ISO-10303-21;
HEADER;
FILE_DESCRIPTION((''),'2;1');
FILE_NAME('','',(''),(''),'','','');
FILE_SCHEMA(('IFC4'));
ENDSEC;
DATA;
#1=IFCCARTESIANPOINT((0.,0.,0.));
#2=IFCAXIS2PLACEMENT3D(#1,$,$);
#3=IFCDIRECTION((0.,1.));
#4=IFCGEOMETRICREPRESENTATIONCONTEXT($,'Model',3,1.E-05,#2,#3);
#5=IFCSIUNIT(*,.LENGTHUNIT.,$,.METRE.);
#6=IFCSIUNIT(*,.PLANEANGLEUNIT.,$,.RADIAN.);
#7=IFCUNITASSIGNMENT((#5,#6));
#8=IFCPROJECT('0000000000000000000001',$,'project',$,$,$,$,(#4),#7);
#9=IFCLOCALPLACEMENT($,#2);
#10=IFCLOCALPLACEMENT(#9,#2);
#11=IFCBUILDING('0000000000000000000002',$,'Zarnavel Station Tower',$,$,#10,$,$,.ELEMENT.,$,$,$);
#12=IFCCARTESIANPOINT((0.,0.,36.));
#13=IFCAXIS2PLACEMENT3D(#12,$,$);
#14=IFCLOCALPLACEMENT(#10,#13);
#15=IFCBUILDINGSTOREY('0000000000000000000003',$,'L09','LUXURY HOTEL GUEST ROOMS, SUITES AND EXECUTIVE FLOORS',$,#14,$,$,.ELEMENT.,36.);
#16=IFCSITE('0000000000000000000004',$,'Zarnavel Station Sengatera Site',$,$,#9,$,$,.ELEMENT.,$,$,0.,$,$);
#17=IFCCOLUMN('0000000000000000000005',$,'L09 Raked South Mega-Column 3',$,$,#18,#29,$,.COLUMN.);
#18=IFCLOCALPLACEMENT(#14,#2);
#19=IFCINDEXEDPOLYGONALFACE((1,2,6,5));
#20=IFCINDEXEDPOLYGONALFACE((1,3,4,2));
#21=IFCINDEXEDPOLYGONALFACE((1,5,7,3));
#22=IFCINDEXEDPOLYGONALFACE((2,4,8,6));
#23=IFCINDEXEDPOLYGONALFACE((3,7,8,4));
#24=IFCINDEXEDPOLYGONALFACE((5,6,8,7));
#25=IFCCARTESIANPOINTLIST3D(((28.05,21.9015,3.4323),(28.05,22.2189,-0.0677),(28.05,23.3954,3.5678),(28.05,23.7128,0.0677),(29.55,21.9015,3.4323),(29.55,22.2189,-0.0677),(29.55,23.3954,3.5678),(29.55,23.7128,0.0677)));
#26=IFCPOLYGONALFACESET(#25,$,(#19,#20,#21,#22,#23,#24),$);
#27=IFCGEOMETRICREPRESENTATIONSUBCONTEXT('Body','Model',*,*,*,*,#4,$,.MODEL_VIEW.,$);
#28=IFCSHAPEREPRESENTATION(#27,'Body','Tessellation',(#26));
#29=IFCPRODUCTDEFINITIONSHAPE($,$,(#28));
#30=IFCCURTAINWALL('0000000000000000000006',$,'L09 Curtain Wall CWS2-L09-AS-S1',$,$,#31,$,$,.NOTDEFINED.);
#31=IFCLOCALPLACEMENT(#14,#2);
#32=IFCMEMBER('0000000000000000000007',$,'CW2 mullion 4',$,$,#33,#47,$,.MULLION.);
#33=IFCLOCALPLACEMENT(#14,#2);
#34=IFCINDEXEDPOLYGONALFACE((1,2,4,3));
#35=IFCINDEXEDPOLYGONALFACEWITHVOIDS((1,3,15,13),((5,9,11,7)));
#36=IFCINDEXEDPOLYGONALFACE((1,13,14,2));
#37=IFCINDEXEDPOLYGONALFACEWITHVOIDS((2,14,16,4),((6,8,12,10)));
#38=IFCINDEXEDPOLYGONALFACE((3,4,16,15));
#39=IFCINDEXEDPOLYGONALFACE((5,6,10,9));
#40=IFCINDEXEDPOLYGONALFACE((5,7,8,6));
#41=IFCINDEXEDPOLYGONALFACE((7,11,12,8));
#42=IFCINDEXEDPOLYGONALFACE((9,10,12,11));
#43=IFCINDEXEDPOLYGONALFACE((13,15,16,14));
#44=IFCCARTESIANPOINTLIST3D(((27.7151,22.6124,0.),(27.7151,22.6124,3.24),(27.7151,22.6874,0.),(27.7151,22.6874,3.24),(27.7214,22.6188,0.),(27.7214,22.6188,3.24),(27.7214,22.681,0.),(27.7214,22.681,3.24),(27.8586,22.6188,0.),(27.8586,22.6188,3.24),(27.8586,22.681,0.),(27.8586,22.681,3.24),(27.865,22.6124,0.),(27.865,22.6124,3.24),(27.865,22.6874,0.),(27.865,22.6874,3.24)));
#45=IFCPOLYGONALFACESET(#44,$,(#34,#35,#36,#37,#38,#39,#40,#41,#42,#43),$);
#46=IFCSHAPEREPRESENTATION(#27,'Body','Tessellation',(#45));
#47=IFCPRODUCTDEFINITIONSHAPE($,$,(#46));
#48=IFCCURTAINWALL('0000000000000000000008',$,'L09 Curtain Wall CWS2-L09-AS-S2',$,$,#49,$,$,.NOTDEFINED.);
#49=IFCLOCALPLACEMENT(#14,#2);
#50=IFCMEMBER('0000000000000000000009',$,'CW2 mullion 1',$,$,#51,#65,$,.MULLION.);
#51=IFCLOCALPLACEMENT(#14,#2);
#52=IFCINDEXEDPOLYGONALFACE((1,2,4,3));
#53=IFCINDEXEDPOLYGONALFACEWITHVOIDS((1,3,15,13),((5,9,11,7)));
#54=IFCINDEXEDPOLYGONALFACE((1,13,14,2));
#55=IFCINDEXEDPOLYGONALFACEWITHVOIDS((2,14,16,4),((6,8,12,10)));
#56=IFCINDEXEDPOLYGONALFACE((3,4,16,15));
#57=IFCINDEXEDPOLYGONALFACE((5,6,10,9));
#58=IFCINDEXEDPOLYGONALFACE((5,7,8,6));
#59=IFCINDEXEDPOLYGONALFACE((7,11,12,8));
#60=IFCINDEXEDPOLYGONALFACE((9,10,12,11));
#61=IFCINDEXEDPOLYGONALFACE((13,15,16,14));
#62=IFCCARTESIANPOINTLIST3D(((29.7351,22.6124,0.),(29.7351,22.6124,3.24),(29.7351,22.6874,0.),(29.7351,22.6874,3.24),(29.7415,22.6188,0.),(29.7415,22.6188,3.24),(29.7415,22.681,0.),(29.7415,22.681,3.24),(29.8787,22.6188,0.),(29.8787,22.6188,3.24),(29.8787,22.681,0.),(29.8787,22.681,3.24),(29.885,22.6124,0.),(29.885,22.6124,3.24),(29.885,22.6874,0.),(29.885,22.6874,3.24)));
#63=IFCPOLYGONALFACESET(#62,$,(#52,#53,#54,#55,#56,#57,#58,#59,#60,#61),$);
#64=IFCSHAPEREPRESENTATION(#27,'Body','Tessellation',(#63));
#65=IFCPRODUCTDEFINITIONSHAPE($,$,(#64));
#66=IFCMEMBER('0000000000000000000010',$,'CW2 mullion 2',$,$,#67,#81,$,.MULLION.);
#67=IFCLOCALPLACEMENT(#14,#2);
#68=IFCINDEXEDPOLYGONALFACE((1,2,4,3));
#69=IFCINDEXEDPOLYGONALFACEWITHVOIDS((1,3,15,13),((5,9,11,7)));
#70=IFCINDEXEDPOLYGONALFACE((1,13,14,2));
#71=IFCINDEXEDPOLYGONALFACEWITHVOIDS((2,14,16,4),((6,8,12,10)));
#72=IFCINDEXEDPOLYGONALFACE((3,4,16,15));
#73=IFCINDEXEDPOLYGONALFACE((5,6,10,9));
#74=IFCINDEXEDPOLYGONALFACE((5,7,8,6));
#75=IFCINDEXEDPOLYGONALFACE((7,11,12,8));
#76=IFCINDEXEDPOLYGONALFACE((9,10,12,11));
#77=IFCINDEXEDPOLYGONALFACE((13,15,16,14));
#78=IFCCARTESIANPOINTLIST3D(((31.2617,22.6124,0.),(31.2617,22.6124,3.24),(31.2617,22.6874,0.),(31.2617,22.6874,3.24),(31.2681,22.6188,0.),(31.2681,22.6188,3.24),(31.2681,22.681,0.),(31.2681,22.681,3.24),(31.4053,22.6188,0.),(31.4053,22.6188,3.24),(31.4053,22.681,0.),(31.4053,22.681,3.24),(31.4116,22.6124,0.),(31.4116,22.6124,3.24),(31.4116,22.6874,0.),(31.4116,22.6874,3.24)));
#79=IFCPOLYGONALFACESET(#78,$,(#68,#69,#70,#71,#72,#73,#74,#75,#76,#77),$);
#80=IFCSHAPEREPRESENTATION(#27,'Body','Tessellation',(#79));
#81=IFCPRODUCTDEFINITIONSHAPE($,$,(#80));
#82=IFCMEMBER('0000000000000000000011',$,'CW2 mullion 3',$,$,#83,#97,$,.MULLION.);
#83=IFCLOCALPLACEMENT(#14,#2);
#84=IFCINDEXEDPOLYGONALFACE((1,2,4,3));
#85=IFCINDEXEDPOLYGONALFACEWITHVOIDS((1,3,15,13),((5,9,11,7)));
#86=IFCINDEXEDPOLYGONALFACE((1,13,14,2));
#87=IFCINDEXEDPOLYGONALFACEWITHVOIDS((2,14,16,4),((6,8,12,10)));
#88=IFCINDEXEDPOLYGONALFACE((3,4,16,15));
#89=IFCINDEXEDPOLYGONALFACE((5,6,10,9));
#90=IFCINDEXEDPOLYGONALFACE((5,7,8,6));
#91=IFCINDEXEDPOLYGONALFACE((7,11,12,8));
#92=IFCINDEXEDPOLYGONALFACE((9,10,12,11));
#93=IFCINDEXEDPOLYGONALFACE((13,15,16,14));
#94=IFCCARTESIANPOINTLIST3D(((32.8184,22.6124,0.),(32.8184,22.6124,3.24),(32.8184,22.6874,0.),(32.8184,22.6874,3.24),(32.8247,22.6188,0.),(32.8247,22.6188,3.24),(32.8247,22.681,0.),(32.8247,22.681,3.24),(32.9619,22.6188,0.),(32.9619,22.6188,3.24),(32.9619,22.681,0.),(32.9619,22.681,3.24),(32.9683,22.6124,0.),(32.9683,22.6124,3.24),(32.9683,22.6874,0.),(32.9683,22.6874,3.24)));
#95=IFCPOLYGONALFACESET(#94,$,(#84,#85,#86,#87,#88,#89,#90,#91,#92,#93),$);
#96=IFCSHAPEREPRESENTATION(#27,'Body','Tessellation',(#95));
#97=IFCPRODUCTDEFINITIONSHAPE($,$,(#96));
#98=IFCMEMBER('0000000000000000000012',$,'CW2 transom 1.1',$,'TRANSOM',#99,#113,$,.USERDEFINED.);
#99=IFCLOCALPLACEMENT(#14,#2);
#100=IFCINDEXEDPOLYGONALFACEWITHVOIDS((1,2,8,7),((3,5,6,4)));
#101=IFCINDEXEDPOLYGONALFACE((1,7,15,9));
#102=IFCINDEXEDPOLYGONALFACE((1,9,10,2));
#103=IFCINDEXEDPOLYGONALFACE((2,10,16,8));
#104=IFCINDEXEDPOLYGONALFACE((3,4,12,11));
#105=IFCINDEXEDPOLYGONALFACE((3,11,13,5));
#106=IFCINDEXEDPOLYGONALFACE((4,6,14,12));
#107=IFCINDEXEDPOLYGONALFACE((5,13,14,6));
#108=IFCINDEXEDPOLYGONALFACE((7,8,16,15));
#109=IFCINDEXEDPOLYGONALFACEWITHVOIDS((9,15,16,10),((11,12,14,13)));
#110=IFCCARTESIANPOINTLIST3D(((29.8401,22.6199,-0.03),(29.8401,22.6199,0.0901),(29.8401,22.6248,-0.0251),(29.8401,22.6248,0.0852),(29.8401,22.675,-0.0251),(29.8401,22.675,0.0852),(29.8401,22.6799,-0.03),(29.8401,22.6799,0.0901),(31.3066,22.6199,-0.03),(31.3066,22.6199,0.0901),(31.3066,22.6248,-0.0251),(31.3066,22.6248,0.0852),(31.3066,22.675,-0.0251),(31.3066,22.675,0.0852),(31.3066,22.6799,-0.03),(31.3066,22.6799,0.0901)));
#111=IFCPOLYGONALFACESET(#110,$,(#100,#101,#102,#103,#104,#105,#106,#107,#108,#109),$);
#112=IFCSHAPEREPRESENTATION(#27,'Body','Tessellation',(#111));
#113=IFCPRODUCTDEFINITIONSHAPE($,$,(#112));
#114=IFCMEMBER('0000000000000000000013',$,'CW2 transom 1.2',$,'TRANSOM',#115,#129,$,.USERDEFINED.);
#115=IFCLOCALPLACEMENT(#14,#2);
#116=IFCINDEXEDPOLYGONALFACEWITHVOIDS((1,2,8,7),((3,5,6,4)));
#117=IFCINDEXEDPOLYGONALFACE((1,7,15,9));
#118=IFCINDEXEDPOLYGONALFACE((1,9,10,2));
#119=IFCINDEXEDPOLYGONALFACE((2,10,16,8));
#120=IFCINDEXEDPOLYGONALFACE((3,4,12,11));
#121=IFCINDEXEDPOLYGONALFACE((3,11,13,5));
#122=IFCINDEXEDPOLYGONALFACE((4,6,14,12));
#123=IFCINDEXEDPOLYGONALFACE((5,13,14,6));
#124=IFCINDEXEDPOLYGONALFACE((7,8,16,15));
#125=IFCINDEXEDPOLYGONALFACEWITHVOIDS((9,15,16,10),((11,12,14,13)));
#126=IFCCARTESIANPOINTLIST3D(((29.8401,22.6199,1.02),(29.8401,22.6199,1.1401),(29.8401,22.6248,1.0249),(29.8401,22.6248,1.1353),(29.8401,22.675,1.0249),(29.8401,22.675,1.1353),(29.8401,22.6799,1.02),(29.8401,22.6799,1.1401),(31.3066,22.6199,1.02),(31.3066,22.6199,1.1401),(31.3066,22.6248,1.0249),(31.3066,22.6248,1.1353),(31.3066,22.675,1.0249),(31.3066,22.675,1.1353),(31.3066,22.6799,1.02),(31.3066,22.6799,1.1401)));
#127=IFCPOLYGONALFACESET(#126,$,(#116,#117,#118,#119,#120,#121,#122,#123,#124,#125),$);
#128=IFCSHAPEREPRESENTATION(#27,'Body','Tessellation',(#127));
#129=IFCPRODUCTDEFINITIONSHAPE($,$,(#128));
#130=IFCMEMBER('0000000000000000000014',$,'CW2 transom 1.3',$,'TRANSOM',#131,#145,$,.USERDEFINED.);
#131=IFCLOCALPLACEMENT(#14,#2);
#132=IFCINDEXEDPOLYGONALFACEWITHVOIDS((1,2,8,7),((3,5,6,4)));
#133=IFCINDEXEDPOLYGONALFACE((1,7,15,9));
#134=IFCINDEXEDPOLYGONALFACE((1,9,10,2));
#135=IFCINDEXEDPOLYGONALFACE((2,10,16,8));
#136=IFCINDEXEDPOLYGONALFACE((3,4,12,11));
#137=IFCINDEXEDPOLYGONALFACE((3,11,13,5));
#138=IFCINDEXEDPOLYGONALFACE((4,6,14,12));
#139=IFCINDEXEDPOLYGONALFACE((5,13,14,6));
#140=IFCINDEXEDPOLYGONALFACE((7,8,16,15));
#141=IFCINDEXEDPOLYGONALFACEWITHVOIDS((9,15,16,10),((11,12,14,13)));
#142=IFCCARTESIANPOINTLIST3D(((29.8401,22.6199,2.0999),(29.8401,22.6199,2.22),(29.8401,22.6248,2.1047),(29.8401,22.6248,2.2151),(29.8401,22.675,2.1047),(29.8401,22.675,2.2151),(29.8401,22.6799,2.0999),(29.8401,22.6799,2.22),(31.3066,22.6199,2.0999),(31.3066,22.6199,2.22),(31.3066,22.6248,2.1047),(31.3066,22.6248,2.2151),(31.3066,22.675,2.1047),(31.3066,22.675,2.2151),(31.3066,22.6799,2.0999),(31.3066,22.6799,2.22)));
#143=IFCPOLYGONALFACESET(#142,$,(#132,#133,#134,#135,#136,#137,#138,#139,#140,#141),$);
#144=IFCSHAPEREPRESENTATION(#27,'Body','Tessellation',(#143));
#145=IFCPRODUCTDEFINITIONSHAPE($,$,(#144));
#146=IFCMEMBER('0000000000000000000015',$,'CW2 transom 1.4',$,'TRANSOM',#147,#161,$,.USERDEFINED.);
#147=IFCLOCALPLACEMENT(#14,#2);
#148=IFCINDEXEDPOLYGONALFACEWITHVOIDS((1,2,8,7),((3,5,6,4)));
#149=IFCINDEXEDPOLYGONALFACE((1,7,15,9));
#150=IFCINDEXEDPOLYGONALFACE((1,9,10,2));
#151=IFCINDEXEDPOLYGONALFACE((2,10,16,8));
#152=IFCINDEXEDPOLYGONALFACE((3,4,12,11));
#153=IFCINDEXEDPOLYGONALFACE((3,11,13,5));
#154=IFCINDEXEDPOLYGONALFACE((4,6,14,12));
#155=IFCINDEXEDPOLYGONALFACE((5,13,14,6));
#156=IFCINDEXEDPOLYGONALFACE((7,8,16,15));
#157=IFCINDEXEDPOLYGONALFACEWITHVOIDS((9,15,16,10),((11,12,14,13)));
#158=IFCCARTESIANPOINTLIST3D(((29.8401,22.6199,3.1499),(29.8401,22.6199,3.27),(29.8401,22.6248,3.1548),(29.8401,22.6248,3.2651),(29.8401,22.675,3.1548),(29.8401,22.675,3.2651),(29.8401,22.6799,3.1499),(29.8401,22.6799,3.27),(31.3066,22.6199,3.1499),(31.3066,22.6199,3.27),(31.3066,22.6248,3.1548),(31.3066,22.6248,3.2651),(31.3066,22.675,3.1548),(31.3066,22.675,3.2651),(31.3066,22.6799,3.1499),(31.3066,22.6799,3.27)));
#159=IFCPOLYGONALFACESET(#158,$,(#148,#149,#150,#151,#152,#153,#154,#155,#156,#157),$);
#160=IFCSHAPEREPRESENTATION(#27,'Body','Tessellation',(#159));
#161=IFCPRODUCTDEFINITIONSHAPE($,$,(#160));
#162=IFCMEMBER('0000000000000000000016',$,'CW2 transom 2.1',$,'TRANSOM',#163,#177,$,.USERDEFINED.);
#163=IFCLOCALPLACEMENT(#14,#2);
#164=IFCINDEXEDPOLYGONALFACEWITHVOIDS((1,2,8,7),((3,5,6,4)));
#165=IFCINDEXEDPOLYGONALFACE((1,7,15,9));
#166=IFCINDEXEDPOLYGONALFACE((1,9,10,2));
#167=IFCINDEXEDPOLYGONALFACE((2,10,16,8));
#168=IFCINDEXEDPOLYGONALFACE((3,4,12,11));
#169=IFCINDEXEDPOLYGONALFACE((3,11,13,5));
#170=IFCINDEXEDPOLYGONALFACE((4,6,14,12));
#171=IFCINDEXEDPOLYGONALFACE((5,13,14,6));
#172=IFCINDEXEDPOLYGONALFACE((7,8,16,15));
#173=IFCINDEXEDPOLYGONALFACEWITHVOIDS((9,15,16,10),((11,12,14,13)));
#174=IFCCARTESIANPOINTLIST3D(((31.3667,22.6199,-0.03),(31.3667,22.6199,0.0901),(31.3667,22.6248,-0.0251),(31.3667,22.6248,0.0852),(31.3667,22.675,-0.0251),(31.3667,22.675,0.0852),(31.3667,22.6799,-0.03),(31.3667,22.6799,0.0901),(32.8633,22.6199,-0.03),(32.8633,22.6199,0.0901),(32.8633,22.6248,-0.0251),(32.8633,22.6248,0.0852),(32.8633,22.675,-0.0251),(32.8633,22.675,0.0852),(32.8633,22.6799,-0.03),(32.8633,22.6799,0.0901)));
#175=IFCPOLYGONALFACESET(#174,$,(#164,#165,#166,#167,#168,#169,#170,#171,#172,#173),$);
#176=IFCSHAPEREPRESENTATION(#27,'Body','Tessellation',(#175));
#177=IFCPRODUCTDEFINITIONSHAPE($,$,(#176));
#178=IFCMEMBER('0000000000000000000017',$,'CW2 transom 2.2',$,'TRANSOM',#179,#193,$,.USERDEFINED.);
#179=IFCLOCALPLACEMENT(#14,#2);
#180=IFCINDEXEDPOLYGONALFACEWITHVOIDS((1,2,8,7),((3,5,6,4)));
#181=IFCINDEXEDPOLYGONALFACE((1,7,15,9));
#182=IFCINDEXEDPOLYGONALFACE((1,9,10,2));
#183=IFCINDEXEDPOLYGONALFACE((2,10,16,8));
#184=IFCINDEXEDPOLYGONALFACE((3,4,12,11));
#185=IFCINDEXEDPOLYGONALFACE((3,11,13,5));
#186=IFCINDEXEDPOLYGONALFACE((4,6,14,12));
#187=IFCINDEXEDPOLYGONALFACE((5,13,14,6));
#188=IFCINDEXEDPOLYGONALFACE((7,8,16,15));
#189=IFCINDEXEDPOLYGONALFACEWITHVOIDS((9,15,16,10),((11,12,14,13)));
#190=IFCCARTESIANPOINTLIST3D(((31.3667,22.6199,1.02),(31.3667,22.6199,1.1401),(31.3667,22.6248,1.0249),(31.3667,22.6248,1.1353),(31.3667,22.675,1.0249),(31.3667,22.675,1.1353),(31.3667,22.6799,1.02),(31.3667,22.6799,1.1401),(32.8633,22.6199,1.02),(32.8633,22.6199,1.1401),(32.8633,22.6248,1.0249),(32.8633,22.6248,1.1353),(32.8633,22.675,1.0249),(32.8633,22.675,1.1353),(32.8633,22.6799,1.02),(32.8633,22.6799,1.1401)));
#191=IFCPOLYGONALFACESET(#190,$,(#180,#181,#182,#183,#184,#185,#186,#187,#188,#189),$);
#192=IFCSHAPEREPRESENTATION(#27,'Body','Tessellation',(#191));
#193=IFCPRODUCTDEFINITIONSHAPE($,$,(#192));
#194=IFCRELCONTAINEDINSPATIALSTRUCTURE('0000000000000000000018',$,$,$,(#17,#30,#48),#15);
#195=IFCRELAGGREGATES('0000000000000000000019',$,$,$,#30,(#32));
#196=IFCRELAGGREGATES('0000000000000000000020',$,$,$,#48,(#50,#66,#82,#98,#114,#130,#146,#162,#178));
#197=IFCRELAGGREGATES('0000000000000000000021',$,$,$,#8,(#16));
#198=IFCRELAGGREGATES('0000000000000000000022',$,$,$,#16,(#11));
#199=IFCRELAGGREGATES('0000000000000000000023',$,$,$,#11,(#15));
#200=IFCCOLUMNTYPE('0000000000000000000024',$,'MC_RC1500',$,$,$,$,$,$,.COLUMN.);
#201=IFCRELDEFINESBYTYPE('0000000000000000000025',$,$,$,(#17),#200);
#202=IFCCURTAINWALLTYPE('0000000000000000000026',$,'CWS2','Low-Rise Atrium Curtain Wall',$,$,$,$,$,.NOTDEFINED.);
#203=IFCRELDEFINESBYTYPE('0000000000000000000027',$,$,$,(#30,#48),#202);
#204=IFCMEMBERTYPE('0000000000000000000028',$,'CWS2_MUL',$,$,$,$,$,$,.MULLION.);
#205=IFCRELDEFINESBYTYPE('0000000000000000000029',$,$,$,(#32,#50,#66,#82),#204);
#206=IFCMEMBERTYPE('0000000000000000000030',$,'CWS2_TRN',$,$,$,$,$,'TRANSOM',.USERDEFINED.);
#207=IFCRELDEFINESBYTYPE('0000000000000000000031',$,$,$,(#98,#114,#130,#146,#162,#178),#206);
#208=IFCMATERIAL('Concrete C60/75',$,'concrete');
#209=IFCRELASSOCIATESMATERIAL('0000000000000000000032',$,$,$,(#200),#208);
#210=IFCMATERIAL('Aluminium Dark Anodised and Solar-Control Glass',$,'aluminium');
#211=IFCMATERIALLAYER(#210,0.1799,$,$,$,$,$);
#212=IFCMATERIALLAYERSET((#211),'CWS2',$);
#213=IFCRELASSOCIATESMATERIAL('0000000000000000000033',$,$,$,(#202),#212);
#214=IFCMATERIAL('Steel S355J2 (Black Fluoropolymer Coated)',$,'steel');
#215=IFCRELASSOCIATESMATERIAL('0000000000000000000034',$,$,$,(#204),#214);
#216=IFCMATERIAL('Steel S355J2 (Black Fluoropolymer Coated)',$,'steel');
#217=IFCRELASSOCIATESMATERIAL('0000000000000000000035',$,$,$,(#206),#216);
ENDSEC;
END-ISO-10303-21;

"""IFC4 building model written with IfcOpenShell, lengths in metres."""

from ifc_helpers import new_model, si_unit, direction, frame, origin, origin_2d, place, context, subcontext, project, spatial, rectangle, hollow_rectangle, extrude, material, layer, layer_set, material_profile, profile_set, type_object, element, aggregate, save


model = new_model("IFC4")

# Units and contexts
model_context = context("Model", 3, precision=1e-05, world=origin(), true_north=direction((0.0, 1.0)))
body_context = subcontext(model_context, "Body", "Model", "MODEL_VIEW")
ifc_project = project(units=[si_unit("LENGTHUNIT", "METRE"), si_unit("PLANEANGLEUNIT", "RADIAN")], contexts=[model_context])

# Site, building, storey
site_placement = place(None, origin())
site = spatial("IfcSite", under=ifc_project, at=site_placement, Name="Zarnavel Station Sengatera Site", CompositionType="ELEMENT", RefElevation=0.0)
building_placement = place(site_placement, origin())
building = spatial("IfcBuilding", under=site, at=building_placement, Name="Zarnavel Station Tower", CompositionType="ELEMENT")
storey_placement = place(building_placement, frame((0.0, 0.0, 36.0)))
storey = spatial("IfcBuildingStorey", under=building, at=storey_placement, Name="L09", Description="LUXURY HOTEL GUEST ROOMS, SUITES AND EXECUTIVE FLOORS", CompositionType="ELEMENT", Elevation=36.0)

# Column
ifc_material_1 = material(Name="Concrete C60/75", Category="concrete")
ifc_material_profile_1 = material_profile(ifc_material_1, rectangle(XDim=1.5, YDim=1.5, at=origin_2d()), Name="RC1500x1500")
ifc_profile_set_1 = profile_set([ifc_material_profile_1], Name="Concrete C60/75")
column_type = type_object("IfcColumnType", Name="MC_RC1500", PredefinedType="COLUMN", material=ifc_profile_set_1)
column_placement = place(storey_placement, frame((28.8, 22.9658, 0.0), z_axis=(0.0, -0.09031, 0.995914), x_axis=(1.0, 0.0, 0.0)))
element("IfcColumn", 1, at=column_placement, inside=storey, type_object=column_type, Name="L09 Raked South Mega-Column 3", PredefinedType="COLUMN", context=body_context, shape_type="SweptSolid", body=[
    extrude(rectangle(XDim=1.5, YDim=1.5, at=origin_2d()), origin(), (0.0, 0.0, 1.0), 3.5144),
])

# Curtain wall, member
ifc_material_2 = material(Name="Aluminium Dark Anodised and Solar-Control Glass", Category="aluminium")
ifc_layer_1 = layer(ifc_material_2, 0.1799)
ifc_layer_set_1 = layer_set([ifc_layer_1], Name="CWS2")
curtain_wall_type = type_object("IfcCurtainWallType", Name="CWS2", Description="Low-Rise Atrium Curtain Wall", PredefinedType="NOTDEFINED", material=ifc_layer_set_1)
curtain_wall_1_placement = place(storey_placement, origin())
curtain_wall_1 = element("IfcCurtainWall", 2, at=curtain_wall_1_placement, inside=storey, type_object=curtain_wall_type, Name="L09 Curtain Wall CWS2-L09-AS-S1", PredefinedType="NOTDEFINED")
ifc_material_3 = material(Name="Steel S355J2 (Black Fluoropolymer Coated)", Category="steel")
ifc_material_profile_2 = material_profile(ifc_material_3, hollow_rectangle(XDim=0.075, YDim=0.1499, WallThickness=0.0063, at=origin_2d()), Name="RHS150x75x6.3")
ifc_profile_set_2 = profile_set([ifc_material_profile_2], Name="Steel S355J2 (Black Fluoropolymer Coated)")
member_type_1 = type_object("IfcMemberType", Name="CWS2_MUL", PredefinedType="MULLION", material=ifc_profile_set_2)
member_1_placement = place(storey_placement, frame((27.79, 22.6499, 0.0), z_axis=(0.0, 0.0, 1.0), x_axis=(0.0, 1.0, 0.0)))
member_1 = element("IfcMember", 3, at=member_1_placement, type_object=member_type_1, Name="CW2 mullion 4", PredefinedType="MULLION", context=body_context, shape_type="SweptSolid", body=[
    extrude(hollow_rectangle(XDim=0.075, YDim=0.1499, WallThickness=0.0063, at=origin_2d()), origin(), (0.0, 0.0, 1.0), 3.24),
])
aggregate(curtain_wall_1, [member_1])

# Curtain wall, members
curtain_wall_2_placement = place(storey_placement, origin())
curtain_wall_2 = element("IfcCurtainWall", 4, at=curtain_wall_2_placement, inside=storey, type_object=curtain_wall_type, Name="L09 Curtain Wall CWS2-L09-AS-S2", PredefinedType="NOTDEFINED")
member_2_placement = place(storey_placement, frame((29.8101, 22.6499, 0.0), z_axis=(0.0, 0.0, 1.0), x_axis=(0.0, 1.0, 0.0)))
member_2 = element("IfcMember", 5, at=member_2_placement, type_object=member_type_1, Name="CW2 mullion 1", PredefinedType="MULLION", context=body_context, shape_type="SweptSolid", body=[
    extrude(hollow_rectangle(XDim=0.075, YDim=0.1499, WallThickness=0.0063, at=origin_2d()), origin(), (0.0, 0.0, 1.0), 3.24),
])
member_3_placement = place(storey_placement, frame((31.3367, 22.6499, 0.0), z_axis=(0.0, 0.0, 1.0), x_axis=(0.0, 1.0, 0.0)))
member_3 = element("IfcMember", 6, at=member_3_placement, type_object=member_type_1, Name="CW2 mullion 2", PredefinedType="MULLION", context=body_context, shape_type="SweptSolid", body=[
    extrude(hollow_rectangle(XDim=0.075, YDim=0.1499, WallThickness=0.0063, at=origin_2d()), origin(), (0.0, 0.0, 1.0), 3.24),
])
member_4_placement = place(storey_placement, frame((32.8933, 22.6499, 0.0), z_axis=(0.0, 0.0, 1.0), x_axis=(0.0, 1.0, 0.0)))
member_4 = element("IfcMember", 7, at=member_4_placement, type_object=member_type_1, Name="CW2 mullion 3", PredefinedType="MULLION", context=body_context, shape_type="SweptSolid", body=[
    extrude(hollow_rectangle(XDim=0.075, YDim=0.1499, WallThickness=0.0063, at=origin_2d()), origin(), (0.0, 0.0, 1.0), 3.24),
])
ifc_material_4 = material(Name="Steel S355J2 (Black Fluoropolymer Coated)", Category="steel")
ifc_material_profile_3 = material_profile(ifc_material_4, hollow_rectangle(XDim=0.0601, YDim=0.1201, WallThickness=0.0049, at=origin_2d()), Name="RHS120x60x5")
ifc_profile_set_3 = profile_set([ifc_material_profile_3], Name="Steel S355J2 (Black Fluoropolymer Coated)")
member_type_2 = type_object("IfcMemberType", Name="CWS2_TRN", ElementType="TRANSOM", PredefinedType="USERDEFINED", material=ifc_profile_set_3)
member_5_placement = place(storey_placement, frame((29.8401, 22.6499, 0.03), z_axis=(1.0, 0.0, 0.0), x_axis=(0.0, 1.0, 0.0)))
member_5 = element("IfcMember", 8, at=member_5_placement, type_object=member_type_2, Name="CW2 transom 1.1", ObjectType="TRANSOM", PredefinedType="USERDEFINED", context=body_context, shape_type="SweptSolid", body=[
    extrude(hollow_rectangle(XDim=0.0601, YDim=0.1201, WallThickness=0.0049, at=origin_2d()), origin(), (0.0, 0.0, 1.0), 1.4666),
])
member_6_placement = place(storey_placement, frame((29.8401, 22.6499, 1.0801), z_axis=(1.0, 0.0, 0.0), x_axis=(0.0, 1.0, 0.0)))
member_6 = element("IfcMember", 9, at=member_6_placement, type_object=member_type_2, Name="CW2 transom 1.2", ObjectType="TRANSOM", PredefinedType="USERDEFINED", context=body_context, shape_type="SweptSolid", body=[
    extrude(hollow_rectangle(XDim=0.0601, YDim=0.1201, WallThickness=0.0049, at=origin_2d()), origin(), (0.0, 0.0, 1.0), 1.4666),
])
member_7_placement = place(storey_placement, frame((29.8401, 22.6499, 2.1599), z_axis=(1.0, 0.0, 0.0), x_axis=(0.0, 1.0, 0.0)))
member_7 = element("IfcMember", 10, at=member_7_placement, type_object=member_type_2, Name="CW2 transom 1.3", ObjectType="TRANSOM", PredefinedType="USERDEFINED", context=body_context, shape_type="SweptSolid", body=[
    extrude(hollow_rectangle(XDim=0.0601, YDim=0.1201, WallThickness=0.0049, at=origin_2d()), origin(), (0.0, 0.0, 1.0), 1.4666),
])
member_8_placement = place(storey_placement, frame((29.8401, 22.6499, 3.21), z_axis=(1.0, 0.0, 0.0), x_axis=(0.0, 1.0, 0.0)))
member_8 = element("IfcMember", 11, at=member_8_placement, type_object=member_type_2, Name="CW2 transom 1.4", ObjectType="TRANSOM", PredefinedType="USERDEFINED", context=body_context, shape_type="SweptSolid", body=[
    extrude(hollow_rectangle(XDim=0.0601, YDim=0.1201, WallThickness=0.0049, at=origin_2d()), origin(), (0.0, 0.0, 1.0), 1.4666),
])
member_9_placement = place(storey_placement, frame((31.3667, 22.6499, 0.03), z_axis=(1.0, 0.0, 0.0), x_axis=(0.0, 1.0, 0.0)))
member_9 = element("IfcMember", 12, at=member_9_placement, type_object=member_type_2, Name="CW2 transom 2.1", ObjectType="TRANSOM", PredefinedType="USERDEFINED", context=body_context, shape_type="SweptSolid", body=[
    extrude(hollow_rectangle(XDim=0.0601, YDim=0.1201, WallThickness=0.0049, at=origin_2d()), origin(), (0.0, 0.0, 1.0), 1.4966),
])
member_10_placement = place(storey_placement, frame((31.3667, 22.6499, 1.0801), z_axis=(1.0, 0.0, 0.0), x_axis=(0.0, 1.0, 0.0)))
member_10 = element("IfcMember", 13, at=member_10_placement, type_object=member_type_2, Name="CW2 transom 2.2", ObjectType="TRANSOM", PredefinedType="USERDEFINED", context=body_context, shape_type="SweptSolid", body=[
    extrude(hollow_rectangle(XDim=0.0601, YDim=0.1201, WallThickness=0.0049, at=origin_2d()), origin(), (0.0, 0.0, 1.0), 1.4966),
])

aggregate(curtain_wall_2, [member_2, member_3, member_4, member_5, member_6, member_7, member_8, member_9, member_10])

save(model, "model.ifc")
